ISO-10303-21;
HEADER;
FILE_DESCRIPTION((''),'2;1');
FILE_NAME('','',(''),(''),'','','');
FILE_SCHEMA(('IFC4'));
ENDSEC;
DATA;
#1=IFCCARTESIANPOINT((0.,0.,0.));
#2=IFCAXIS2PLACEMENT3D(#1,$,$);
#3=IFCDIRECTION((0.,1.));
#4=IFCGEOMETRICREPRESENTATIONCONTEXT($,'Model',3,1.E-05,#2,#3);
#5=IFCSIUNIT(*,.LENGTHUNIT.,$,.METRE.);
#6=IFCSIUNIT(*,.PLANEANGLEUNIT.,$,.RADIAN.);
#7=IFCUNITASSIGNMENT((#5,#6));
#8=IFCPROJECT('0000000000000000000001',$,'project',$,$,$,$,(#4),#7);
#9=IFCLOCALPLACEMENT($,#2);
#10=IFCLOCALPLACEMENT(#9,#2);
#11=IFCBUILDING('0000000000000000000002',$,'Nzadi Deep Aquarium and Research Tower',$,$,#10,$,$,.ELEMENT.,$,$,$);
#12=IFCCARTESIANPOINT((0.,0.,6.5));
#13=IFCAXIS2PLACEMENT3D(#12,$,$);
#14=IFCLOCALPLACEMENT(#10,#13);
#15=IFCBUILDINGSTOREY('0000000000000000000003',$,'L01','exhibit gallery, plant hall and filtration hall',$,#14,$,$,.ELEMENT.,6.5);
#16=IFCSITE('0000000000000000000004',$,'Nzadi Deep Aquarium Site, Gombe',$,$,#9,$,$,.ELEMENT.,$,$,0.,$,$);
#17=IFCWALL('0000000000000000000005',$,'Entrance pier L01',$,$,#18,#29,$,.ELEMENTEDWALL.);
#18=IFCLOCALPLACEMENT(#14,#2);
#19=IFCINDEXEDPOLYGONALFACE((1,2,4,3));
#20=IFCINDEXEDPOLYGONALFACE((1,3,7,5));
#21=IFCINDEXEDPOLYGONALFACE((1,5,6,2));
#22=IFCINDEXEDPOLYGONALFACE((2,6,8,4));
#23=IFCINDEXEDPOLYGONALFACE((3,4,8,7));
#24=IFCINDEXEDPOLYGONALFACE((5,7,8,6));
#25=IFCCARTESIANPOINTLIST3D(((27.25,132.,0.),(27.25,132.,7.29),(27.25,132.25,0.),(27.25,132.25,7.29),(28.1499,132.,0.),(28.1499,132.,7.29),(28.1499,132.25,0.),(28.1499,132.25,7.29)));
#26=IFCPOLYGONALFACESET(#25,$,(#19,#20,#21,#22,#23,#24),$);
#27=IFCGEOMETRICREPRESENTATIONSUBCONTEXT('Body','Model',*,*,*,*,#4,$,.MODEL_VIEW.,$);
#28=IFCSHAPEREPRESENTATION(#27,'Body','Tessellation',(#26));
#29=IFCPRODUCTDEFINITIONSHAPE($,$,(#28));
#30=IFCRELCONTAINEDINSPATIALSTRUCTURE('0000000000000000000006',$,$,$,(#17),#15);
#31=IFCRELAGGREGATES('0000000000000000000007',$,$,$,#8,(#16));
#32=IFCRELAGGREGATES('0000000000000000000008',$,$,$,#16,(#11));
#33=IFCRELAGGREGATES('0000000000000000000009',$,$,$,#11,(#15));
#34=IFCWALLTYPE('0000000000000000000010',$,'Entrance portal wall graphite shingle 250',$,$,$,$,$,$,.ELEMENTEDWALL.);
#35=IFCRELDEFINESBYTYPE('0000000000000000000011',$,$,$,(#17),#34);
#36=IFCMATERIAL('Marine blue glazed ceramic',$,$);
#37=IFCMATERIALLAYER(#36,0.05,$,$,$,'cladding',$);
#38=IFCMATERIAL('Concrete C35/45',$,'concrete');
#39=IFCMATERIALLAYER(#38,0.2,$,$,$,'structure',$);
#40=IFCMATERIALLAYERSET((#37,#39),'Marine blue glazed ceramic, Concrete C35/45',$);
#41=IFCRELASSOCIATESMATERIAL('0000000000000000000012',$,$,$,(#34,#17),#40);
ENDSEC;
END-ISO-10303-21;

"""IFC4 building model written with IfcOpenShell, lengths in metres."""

from ifc_helpers import new_model, si_unit, direction, frame, frame_2d, origin, place, context, subcontext, project, spatial, rectangle, extrude, material, layer, layer_set, layer_usage, type_object, element, save


model = new_model("IFC4")

# Units and contexts
model_context = context("Model", 3, precision=1e-05, world=origin(), true_north=direction((0.0, 1.0)))
body_context = subcontext(model_context, "Body", "Model", "MODEL_VIEW")
ifc_project = project(units=[si_unit("LENGTHUNIT", "METRE"), si_unit("PLANEANGLEUNIT", "RADIAN")], contexts=[model_context])

# Site, building, storey
site_placement = place(None, origin())
site = spatial("IfcSite", under=ifc_project, at=site_placement, Name="Nzadi Deep Aquarium Site, Gombe", CompositionType="ELEMENT", RefElevation=0.0)
building_placement = place(site_placement, origin())
building = spatial("IfcBuilding", under=site, at=building_placement, Name="Nzadi Deep Aquarium and Research Tower", CompositionType="ELEMENT")
storey_placement = place(building_placement, frame((0.0, 0.0, 6.5)))
storey = spatial("IfcBuildingStorey", under=building, at=storey_placement, Name="L01", Description="exhibit gallery, plant hall and filtration hall", CompositionType="ELEMENT", Elevation=6.5)

# Wall
ifc_material_1 = material(Name="Marine blue glazed ceramic")
ifc_layer_1 = layer(ifc_material_1, 0.05, Category="cladding")
ifc_material_2 = material(Name="Concrete C35/45", Category="concrete")
ifc_layer_2 = layer(ifc_material_2, 0.2, Category="structure")
ifc_layer_set_1 = layer_set([ifc_layer_1, ifc_layer_2], Name="Marine blue glazed ceramic, Concrete C35/45")
wall_type = type_object("IfcWallType", Name="Entrance portal wall graphite shingle 250", PredefinedType="ELEMENTEDWALL", material=ifc_layer_set_1)
ifc_layer_usage_1 = layer_usage(ifc_layer_set_1, "AXIS2", "POSITIVE", -0.125)
wall_1_placement = place(storey_placement, frame((28.1499, 132.125, 0.0), z_axis=(0.0, 0.0, 1.0), x_axis=(-1.0, 0.0, 0.0)))
element("IfcWall", 1, at=wall_1_placement, inside=storey, type_object=wall_type, material=ifc_layer_usage_1, Name="Entrance pier L01", PredefinedType="ELEMENTEDWALL", context=body_context, shape_type="SweptSolid", body=[
    extrude(rectangle(XDim=0.8999, YDim=0.25, at=frame_2d((0.45, 0.0))), origin(), (0.0, 0.0, 1.0), 7.29),
])

save(model, "model.ifc")
